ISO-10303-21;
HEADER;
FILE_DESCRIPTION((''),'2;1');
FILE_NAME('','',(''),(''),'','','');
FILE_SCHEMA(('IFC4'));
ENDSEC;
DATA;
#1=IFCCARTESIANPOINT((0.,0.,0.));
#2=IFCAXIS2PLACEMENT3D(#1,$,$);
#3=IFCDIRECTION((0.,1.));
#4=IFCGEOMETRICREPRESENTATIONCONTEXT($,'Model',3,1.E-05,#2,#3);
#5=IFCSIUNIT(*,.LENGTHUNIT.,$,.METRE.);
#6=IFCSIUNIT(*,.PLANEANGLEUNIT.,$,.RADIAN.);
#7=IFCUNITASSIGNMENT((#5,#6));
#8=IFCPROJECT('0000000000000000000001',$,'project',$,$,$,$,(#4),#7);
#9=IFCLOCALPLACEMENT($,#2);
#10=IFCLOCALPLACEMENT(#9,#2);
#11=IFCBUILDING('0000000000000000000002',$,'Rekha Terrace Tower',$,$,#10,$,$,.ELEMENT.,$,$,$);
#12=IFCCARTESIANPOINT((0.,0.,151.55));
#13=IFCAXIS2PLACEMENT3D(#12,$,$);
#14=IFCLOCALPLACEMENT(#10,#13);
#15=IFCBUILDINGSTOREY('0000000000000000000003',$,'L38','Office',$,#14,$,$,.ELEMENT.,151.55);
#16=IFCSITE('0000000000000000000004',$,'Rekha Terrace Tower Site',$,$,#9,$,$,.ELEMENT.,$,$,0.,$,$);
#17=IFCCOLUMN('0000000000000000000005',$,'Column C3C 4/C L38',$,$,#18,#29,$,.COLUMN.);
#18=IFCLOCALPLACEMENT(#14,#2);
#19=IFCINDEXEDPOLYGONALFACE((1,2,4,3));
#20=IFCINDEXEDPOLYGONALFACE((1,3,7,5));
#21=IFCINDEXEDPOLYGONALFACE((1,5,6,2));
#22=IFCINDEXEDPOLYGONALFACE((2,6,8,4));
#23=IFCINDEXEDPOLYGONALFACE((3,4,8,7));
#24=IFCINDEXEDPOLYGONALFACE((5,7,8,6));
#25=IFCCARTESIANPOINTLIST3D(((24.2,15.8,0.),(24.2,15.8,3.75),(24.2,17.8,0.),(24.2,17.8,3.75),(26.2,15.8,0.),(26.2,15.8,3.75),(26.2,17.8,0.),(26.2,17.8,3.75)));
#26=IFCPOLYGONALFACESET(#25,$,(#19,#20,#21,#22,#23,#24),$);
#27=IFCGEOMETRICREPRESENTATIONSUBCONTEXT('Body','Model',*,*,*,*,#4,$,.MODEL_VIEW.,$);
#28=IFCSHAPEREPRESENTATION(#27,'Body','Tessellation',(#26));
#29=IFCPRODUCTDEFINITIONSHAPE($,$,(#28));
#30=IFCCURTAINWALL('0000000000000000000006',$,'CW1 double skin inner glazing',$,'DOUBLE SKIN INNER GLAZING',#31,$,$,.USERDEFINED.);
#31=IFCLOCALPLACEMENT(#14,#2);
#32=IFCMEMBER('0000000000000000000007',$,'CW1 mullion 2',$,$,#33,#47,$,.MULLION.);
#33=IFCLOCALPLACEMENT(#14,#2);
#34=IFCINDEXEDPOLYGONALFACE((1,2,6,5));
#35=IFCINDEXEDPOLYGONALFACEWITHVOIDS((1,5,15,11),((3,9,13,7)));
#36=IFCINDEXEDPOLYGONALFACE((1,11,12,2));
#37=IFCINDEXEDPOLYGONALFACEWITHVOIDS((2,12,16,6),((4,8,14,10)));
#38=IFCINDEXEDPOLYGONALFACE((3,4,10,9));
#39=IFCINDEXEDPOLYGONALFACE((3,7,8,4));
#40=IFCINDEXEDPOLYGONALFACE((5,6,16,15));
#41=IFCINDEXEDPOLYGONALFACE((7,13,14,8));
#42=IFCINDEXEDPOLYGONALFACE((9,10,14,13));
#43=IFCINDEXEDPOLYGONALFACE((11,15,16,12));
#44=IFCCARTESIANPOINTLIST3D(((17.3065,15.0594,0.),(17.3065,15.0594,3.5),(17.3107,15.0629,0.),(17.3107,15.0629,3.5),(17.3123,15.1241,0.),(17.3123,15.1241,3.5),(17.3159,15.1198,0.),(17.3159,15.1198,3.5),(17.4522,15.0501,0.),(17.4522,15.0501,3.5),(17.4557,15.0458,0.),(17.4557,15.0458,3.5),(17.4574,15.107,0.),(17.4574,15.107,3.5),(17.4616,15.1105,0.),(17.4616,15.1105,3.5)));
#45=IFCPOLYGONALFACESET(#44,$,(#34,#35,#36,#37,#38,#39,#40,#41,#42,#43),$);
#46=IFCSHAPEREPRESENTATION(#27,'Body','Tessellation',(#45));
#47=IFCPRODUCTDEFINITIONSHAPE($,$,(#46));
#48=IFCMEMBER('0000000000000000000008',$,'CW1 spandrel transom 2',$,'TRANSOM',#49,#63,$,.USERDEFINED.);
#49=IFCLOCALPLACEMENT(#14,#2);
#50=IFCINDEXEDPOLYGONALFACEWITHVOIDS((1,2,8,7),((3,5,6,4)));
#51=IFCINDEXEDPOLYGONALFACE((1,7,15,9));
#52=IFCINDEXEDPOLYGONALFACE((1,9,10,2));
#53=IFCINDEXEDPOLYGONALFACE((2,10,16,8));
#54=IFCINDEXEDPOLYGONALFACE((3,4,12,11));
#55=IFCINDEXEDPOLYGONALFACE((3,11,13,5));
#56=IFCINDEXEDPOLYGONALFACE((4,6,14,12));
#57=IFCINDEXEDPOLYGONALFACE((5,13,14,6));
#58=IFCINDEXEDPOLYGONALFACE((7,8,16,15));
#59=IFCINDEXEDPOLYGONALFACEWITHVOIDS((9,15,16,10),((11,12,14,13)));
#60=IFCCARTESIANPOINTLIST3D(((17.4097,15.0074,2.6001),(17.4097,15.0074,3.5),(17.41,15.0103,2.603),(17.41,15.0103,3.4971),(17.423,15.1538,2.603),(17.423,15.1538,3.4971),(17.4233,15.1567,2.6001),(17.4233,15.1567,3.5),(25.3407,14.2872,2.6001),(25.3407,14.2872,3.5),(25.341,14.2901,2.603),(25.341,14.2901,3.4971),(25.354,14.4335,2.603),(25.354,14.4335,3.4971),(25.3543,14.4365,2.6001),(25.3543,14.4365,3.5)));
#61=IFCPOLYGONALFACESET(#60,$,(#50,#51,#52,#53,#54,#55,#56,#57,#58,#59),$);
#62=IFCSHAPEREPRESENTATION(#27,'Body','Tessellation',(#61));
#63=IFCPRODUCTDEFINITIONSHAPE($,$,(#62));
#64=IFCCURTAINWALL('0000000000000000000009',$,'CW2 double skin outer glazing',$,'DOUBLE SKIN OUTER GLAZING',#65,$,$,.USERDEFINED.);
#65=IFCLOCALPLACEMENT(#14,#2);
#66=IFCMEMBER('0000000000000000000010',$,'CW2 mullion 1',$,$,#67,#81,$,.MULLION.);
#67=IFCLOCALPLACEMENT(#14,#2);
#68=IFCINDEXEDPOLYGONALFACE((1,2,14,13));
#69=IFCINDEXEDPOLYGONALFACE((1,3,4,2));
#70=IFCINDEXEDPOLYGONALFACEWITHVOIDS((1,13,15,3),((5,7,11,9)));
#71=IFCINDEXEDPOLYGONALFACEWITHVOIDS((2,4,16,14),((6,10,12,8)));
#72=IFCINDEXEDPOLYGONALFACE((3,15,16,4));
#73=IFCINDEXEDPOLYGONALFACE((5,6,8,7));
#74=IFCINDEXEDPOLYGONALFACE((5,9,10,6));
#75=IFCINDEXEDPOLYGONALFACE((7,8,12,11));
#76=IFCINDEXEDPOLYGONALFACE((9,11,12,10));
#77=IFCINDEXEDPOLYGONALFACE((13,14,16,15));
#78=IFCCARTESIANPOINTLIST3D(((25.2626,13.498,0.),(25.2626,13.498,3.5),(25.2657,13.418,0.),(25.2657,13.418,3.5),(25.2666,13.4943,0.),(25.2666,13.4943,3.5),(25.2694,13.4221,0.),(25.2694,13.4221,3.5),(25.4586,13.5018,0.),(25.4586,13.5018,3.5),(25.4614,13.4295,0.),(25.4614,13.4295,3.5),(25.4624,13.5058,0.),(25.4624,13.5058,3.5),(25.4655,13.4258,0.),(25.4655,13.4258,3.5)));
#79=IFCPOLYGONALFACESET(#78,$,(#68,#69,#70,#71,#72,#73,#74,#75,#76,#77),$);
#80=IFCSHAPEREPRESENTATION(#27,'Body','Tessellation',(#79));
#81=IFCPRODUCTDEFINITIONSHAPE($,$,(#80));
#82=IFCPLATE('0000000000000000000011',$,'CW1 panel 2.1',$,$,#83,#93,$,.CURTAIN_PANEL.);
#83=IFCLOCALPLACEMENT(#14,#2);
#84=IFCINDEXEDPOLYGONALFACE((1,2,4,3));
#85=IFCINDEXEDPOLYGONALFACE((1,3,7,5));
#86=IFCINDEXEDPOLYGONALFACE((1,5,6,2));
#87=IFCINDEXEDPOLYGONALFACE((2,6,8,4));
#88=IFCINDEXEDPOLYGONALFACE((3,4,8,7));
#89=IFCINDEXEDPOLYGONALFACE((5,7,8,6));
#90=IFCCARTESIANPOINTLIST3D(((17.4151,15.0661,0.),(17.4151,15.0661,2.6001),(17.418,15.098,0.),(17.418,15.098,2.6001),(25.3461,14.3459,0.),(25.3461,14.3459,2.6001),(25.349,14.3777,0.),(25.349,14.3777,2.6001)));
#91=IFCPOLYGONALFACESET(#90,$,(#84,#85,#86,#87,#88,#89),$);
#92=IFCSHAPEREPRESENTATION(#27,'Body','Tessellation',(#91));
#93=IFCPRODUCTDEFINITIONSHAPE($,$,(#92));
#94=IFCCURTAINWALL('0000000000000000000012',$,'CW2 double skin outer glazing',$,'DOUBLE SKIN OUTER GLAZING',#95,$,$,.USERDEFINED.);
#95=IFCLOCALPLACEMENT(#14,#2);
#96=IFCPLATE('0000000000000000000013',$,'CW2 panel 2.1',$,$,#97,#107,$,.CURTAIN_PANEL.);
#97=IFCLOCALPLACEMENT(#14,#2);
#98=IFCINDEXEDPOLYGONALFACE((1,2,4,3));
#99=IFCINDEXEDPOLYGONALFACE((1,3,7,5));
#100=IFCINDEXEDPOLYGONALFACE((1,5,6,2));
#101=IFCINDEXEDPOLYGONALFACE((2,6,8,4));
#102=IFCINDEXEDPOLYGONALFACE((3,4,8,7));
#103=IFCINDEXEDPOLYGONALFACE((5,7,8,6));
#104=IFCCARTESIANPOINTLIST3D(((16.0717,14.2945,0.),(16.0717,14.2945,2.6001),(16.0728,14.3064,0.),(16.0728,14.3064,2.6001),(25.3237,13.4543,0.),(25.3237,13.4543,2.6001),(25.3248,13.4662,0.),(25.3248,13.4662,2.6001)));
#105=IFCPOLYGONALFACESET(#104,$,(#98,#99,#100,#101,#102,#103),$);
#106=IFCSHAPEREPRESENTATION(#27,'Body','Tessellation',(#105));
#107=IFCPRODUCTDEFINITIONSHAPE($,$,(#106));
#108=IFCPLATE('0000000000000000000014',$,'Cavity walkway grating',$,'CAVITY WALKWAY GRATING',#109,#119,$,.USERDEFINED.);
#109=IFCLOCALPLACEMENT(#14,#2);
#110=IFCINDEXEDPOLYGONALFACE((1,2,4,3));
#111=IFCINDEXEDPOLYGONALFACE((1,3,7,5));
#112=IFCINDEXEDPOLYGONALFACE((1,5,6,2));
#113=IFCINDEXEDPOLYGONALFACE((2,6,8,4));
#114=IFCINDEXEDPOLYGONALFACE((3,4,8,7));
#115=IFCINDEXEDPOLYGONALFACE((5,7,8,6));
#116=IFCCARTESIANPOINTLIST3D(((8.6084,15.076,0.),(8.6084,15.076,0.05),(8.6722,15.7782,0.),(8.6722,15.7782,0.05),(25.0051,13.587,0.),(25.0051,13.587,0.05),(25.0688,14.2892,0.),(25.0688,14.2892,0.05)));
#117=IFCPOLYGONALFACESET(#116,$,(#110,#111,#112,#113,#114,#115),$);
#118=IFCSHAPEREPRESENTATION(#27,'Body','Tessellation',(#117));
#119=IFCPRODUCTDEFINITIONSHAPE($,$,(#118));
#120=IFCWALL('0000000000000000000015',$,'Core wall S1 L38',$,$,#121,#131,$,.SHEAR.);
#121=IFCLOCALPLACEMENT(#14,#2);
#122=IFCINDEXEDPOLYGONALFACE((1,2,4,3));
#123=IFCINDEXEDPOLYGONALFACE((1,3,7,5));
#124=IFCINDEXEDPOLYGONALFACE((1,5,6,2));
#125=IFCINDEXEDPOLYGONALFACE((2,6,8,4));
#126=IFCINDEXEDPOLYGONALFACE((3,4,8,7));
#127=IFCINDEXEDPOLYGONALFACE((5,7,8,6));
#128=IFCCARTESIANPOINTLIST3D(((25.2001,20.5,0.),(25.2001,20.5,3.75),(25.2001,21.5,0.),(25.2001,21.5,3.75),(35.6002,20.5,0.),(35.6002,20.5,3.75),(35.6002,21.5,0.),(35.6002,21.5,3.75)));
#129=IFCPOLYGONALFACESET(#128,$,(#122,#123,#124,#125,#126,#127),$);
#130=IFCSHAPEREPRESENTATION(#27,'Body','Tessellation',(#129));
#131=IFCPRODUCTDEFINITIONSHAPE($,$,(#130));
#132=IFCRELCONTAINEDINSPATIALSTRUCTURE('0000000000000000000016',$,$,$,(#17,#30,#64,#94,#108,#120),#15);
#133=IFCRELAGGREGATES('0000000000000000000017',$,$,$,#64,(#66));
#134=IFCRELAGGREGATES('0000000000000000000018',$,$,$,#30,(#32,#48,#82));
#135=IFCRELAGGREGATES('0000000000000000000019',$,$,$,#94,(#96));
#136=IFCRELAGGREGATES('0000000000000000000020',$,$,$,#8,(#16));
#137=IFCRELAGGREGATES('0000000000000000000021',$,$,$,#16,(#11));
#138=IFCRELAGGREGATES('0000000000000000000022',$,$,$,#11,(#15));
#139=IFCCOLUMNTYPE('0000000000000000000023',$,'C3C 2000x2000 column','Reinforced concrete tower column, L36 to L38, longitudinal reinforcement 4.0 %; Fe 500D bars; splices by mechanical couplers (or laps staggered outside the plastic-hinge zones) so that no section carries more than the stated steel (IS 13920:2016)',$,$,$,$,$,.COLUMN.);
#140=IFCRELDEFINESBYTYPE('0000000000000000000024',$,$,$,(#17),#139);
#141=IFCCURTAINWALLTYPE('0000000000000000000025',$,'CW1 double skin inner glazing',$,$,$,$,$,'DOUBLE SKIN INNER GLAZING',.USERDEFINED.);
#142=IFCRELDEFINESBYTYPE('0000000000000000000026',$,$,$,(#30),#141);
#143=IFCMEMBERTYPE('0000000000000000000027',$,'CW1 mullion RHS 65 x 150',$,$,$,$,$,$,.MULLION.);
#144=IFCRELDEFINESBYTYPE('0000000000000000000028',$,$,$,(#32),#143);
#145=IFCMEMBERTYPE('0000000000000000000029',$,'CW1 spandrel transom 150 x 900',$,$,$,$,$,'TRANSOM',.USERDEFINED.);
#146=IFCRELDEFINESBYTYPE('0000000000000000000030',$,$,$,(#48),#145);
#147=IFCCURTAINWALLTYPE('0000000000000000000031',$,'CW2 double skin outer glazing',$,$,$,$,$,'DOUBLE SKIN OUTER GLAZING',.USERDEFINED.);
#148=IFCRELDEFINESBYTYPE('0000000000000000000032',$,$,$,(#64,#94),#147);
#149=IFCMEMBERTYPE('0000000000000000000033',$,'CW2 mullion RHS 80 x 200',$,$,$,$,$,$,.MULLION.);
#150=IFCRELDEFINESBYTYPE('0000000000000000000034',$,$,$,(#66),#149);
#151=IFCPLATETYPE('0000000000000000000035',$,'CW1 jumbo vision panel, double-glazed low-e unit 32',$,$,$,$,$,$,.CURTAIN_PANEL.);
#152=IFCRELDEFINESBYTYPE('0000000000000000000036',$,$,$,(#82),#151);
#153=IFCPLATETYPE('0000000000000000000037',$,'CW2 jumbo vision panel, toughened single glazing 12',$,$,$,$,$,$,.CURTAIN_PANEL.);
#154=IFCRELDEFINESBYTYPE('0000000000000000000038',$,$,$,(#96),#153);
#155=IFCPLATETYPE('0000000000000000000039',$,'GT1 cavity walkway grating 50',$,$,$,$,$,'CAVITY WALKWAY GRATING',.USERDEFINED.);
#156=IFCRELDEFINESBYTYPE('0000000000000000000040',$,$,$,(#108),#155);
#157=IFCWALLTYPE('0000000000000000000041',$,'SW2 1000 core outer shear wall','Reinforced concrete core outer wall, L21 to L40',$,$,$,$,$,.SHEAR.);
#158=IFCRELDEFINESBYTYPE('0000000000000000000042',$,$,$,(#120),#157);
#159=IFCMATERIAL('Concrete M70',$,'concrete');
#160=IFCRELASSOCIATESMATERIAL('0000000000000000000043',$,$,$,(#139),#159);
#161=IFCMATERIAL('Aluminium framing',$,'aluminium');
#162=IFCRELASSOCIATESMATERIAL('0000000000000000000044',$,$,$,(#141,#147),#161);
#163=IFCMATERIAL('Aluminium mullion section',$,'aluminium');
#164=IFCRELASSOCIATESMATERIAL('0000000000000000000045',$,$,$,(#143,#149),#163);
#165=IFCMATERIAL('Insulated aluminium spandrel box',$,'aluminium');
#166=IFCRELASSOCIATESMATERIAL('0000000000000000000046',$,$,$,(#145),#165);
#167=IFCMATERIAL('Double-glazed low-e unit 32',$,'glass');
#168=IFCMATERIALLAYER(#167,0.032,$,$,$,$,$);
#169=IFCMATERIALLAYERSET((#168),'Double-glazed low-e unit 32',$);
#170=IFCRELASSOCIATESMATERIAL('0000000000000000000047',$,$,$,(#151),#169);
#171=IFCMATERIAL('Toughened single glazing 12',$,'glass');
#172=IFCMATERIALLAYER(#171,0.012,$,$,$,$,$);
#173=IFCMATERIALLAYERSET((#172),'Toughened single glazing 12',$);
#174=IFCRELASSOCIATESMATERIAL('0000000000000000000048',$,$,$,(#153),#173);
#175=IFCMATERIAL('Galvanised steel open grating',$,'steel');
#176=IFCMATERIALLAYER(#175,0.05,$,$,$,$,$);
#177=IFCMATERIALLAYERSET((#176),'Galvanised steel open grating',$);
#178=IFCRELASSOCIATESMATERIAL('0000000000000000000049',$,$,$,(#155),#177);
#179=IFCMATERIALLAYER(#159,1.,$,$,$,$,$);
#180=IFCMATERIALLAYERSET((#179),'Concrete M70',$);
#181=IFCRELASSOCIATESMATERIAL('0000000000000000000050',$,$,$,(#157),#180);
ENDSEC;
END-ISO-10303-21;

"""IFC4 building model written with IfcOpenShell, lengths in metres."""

from ifc_helpers import new_model, si_unit, direction, frame, frame_2d, origin, origin_2d, place, context, subcontext, project, spatial, rectangle, hollow_rectangle, extrude, material, layer, layer_set, material_profile, profile_set, type_object, element, aggregate, save


model = new_model("IFC4")

# Units and contexts
model_context = context("Model", 3, precision=1e-05, world=origin(), true_north=direction((0.0, 1.0)))
body_context = subcontext(model_context, "Body", "Model", "MODEL_VIEW")
ifc_project = project(units=[si_unit("LENGTHUNIT", "METRE"), si_unit("PLANEANGLEUNIT", "RADIAN")], contexts=[model_context])

# Site, building, storey
site_placement = place(None, origin())
site = spatial("IfcSite", under=ifc_project, at=site_placement, Name="Rekha Terrace Tower Site", CompositionType="ELEMENT", RefElevation=0.0)
building_placement = place(site_placement, origin())
building = spatial("IfcBuilding", under=site, at=building_placement, Name="Rekha Terrace Tower", CompositionType="ELEMENT")
storey_placement = place(building_placement, frame((0.0, 0.0, 151.55)))
storey = spatial("IfcBuildingStorey", under=building, at=storey_placement, Name="L38", Description="Office", CompositionType="ELEMENT", Elevation=151.55)

# Column
ifc_material_1 = material(Name="Concrete M70", Category="concrete")
ifc_material_profile_1 = material_profile(ifc_material_1, rectangle(XDim=2.0, YDim=2.0, at=origin_2d()), Name="RC 2000x2000")
ifc_profile_set_1 = profile_set([ifc_material_profile_1], Name="Concrete M70")
column_type = type_object("IfcColumnType", Name="C3C 2000x2000 column", Description="Reinforced concrete tower column, L36 to L38, longitudinal reinforcement 4.0 %; Fe 500D bars; splices by mechanical couplers (or laps staggered outside the plastic-hinge zones) so that no section carries more than the stated steel (IS 13920:2016)", PredefinedType="COLUMN", material=ifc_profile_set_1)
column_placement = place(storey_placement, frame((25.2, 16.8, 0.0), z_axis=(0.0, 0.0, 1.0), x_axis=(1.0, 0.0, 0.0)))
element("IfcColumn", 1, at=column_placement, inside=storey, type_object=column_type, Name="Column C3C 4/C L38", PredefinedType="COLUMN", context=body_context, shape_type="SweptSolid", body=[
    extrude(rectangle(XDim=2.0, YDim=2.0, at=origin_2d()), origin(), (0.0, 0.0, 1.0), 3.75),
])

# Curtain wall, members
ifc_material_2 = material(Name="Aluminium framing", Category="aluminium")
curtain_wall_type_1 = type_object("IfcCurtainWallType", Name="CW1 double skin inner glazing", ElementType="DOUBLE SKIN INNER GLAZING", PredefinedType="USERDEFINED", material=ifc_material_2)
curtain_wall_1_placement = place(storey_placement, origin())
curtain_wall_1 = element("IfcCurtainWall", 2, at=curtain_wall_1_placement, inside=storey, type_object=curtain_wall_type_1, Name="CW1 double skin inner glazing", ObjectType="DOUBLE SKIN INNER GLAZING", PredefinedType="USERDEFINED")
ifc_material_3 = material(Name="Aluminium mullion section", Category="aluminium")
ifc_material_profile_2 = material_profile(ifc_material_3, hollow_rectangle(XDim=0.0649, YDim=0.1499, WallThickness=0.0039, at=origin_2d()), Name="AL RHS 65x150")
ifc_profile_set_2 = profile_set([ifc_material_profile_2], Name="Aluminium mullion section")
member_type_1 = type_object("IfcMemberType", Name="CW1 mullion RHS 65 x 150", PredefinedType="MULLION", material=ifc_profile_set_2)
member_1_placement = place(storey_placement, frame((17.384, 15.085, 0.0), z_axis=(0.0, 0.0, 1.0), x_axis=(0.09044, 0.995902, 0.0)))
member_1 = element("IfcMember", 3, at=member_1_placement, type_object=member_type_1, Name="CW1 mullion 2", PredefinedType="MULLION", context=body_context, shape_type="SweptSolid", body=[
    extrude(hollow_rectangle(XDim=0.0649, YDim=0.1499, WallThickness=0.0039, at=origin_2d()), origin(), (0.0, 0.0, 1.0), 3.5),
])
ifc_material_4 = material(Name="Insulated aluminium spandrel box", Category="aluminium")
ifc_material_profile_3 = material_profile(ifc_material_4, hollow_rectangle(XDim=0.1499, YDim=0.8999, WallThickness=0.0029, at=origin_2d()), Name="AL SPANDREL BOX 150x900")
ifc_profile_set_3 = profile_set([ifc_material_profile_3], Name="Insulated aluminium spandrel box")
member_type_2 = type_object("IfcMemberType", Name="CW1 spandrel transom 150 x 900", ElementType="TRANSOM", PredefinedType="USERDEFINED", material=ifc_profile_set_3)
member_2_placement = place(storey_placement, frame((17.4165, 15.082, 3.05), z_axis=(0.995902, -0.090439, 0.0), x_axis=(0.090439, 0.995902, 0.0)))
member_2 = element("IfcMember", 4, at=member_2_placement, type_object=member_type_2, Name="CW1 spandrel transom 2", ObjectType="TRANSOM", PredefinedType="USERDEFINED", context=body_context, shape_type="SweptSolid", body=[
    extrude(hollow_rectangle(XDim=0.1499, YDim=0.8999, WallThickness=0.0029, at=origin_2d()), origin(), (0.0, 0.0, 1.0), 7.9636),
])

# Curtain wall, member
curtain_wall_type_2 = type_object("IfcCurtainWallType", Name="CW2 double skin outer glazing", ElementType="DOUBLE SKIN OUTER GLAZING", PredefinedType="USERDEFINED", material=ifc_material_2)
curtain_wall_2_placement = place(storey_placement, origin())
curtain_wall_2 = element("IfcCurtainWall", 5, at=curtain_wall_2_placement, inside=storey, type_object=curtain_wall_type_2, Name="CW2 double skin outer glazing", ObjectType="DOUBLE SKIN OUTER GLAZING", PredefinedType="USERDEFINED")
ifc_material_profile_4 = material_profile(ifc_material_3, hollow_rectangle(XDim=0.0801, YDim=0.2, WallThickness=0.0039, at=origin_2d()), Name="AL RHS 80x200")
ifc_profile_set_4 = profile_set([ifc_material_profile_4], Name="Aluminium mullion section")
member_type_3 = type_object("IfcMemberType", Name="CW2 mullion RHS 80 x 200", PredefinedType="MULLION", material=ifc_profile_set_4)
member_3_placement = place(storey_placement, frame((25.364, 13.4619, 0.0), z_axis=(0.0, 0.0, 1.0), x_axis=(-0.03889, 0.999243, 0.0)))
member_3 = element("IfcMember", 6, at=member_3_placement, type_object=member_type_3, Name="CW2 mullion 1", PredefinedType="MULLION", context=body_context, shape_type="SweptSolid", body=[
    extrude(hollow_rectangle(XDim=0.0801, YDim=0.2, WallThickness=0.0039, at=origin_2d()), origin(), (0.0, 0.0, 1.0), 3.5),
])
aggregate(curtain_wall_2, [member_3])

# Plate
ifc_material_5 = material(Name="Double-glazed low-e unit 32", Category="glass")
ifc_layer_1 = layer(ifc_material_5, 0.032)
ifc_layer_set_1 = layer_set([ifc_layer_1], Name="Double-glazed low-e unit 32")
plate_type_1 = type_object("IfcPlateType", Name="CW1 jumbo vision panel, double-glazed low-e unit 32", PredefinedType="CURTAIN_PANEL", material=ifc_layer_set_1)
plate_1_placement = place(storey_placement, frame((21.3821, 14.7219, 0.0), z_axis=(0.0, 0.0, 1.0), x_axis=(0.995902, -0.09044, 0.0)))
plate_1 = element("IfcPlate", 7, at=plate_1_placement, type_object=plate_type_1, Name="CW1 panel 2.1", PredefinedType="CURTAIN_PANEL", context=body_context, shape_type="SweptSolid", body=[
    extrude(rectangle(XDim=7.9636, YDim=0.032, at=origin_2d()), origin(), (0.0, 0.0, 1.0), 2.6001),
])
aggregate(curtain_wall_1, [member_1, member_2, plate_1])

# Curtain wall, plate
curtain_wall_3_placement = place(storey_placement, origin())
curtain_wall_3 = element("IfcCurtainWall", 8, at=curtain_wall_3_placement, inside=storey, type_object=curtain_wall_type_2, Name="CW2 double skin outer glazing", ObjectType="DOUBLE SKIN OUTER GLAZING", PredefinedType="USERDEFINED")
ifc_material_6 = material(Name="Toughened single glazing 12", Category="glass")
ifc_layer_2 = layer(ifc_material_6, 0.012)
ifc_layer_set_2 = layer_set([ifc_layer_2], Name="Toughened single glazing 12")
plate_type_2 = type_object("IfcPlateType", Name="CW2 jumbo vision panel, toughened single glazing 12", PredefinedType="CURTAIN_PANEL", material=ifc_layer_set_2)
plate_2_placement = place(storey_placement, frame((20.6982, 13.8804, 0.0), z_axis=(0.0, 0.0, 1.0), x_axis=(0.995902, -0.09044, 0.0)))
plate_2 = element("IfcPlate", 9, at=plate_2_placement, type_object=plate_type_2, Name="CW2 panel 2.1", PredefinedType="CURTAIN_PANEL", context=body_context, shape_type="SweptSolid", body=[
    extrude(rectangle(XDim=9.29, YDim=0.012, at=origin_2d()), origin(), (0.0, 0.0, 1.0), 2.6001),
])
aggregate(curtain_wall_3, [plate_2])

# Plate
ifc_material_7 = material(Name="Galvanised steel open grating", Category="steel")
ifc_layer_3 = layer(ifc_material_7, 0.05)
ifc_layer_set_3 = layer_set([ifc_layer_3], Name="Galvanised steel open grating")
plate_type_3 = type_object("IfcPlateType", Name="GT1 cavity walkway grating 50", ElementType="CAVITY WALKWAY GRATING", PredefinedType="USERDEFINED", material=ifc_layer_set_3)
plate_3_placement = place(storey_placement, frame((16.8386, 14.6826, 0.0), z_axis=(0.0, 0.0, 1.0), x_axis=(0.995902, -0.09044, 0.0)))
element("IfcPlate", 10, at=plate_3_placement, inside=storey, type_object=plate_type_3, Name="Cavity walkway grating", ObjectType="CAVITY WALKWAY GRATING", PredefinedType="USERDEFINED", context=body_context, shape_type="SweptSolid", body=[
    extrude(rectangle(XDim=16.4641, YDim=0.7051, at=origin_2d()), origin(), (0.0, 0.0, 1.0), 0.05),
])

# Wall
ifc_layer_4 = layer(ifc_material_1, 1.0)
ifc_layer_set_4 = layer_set([ifc_layer_4], Name="Concrete M70")
wall_type_1 = type_object("IfcWallType", Name="SW2 1000 core outer shear wall", Description="Reinforced concrete core outer wall, L21 to L40", PredefinedType="SHEAR", material=ifc_layer_set_4)
wall_1_placement = place(storey_placement, frame((25.2, 21.0, 0.0), z_axis=(0.0, 0.0, 1.0), x_axis=(1.0, 0.0, 0.0)))
element("IfcWall", 11, at=wall_1_placement, inside=storey, type_object=wall_type_1, Name="Core wall S1 L38", PredefinedType="SHEAR", context=body_context, shape_type="SweptSolid", body=[
    extrude(rectangle(XDim=10.4001, YDim=1.0, at=frame_2d((5.2002, 0.0))), origin(), (0.0, 0.0, 1.0), 3.75),
])

save(model, "model.ifc")
